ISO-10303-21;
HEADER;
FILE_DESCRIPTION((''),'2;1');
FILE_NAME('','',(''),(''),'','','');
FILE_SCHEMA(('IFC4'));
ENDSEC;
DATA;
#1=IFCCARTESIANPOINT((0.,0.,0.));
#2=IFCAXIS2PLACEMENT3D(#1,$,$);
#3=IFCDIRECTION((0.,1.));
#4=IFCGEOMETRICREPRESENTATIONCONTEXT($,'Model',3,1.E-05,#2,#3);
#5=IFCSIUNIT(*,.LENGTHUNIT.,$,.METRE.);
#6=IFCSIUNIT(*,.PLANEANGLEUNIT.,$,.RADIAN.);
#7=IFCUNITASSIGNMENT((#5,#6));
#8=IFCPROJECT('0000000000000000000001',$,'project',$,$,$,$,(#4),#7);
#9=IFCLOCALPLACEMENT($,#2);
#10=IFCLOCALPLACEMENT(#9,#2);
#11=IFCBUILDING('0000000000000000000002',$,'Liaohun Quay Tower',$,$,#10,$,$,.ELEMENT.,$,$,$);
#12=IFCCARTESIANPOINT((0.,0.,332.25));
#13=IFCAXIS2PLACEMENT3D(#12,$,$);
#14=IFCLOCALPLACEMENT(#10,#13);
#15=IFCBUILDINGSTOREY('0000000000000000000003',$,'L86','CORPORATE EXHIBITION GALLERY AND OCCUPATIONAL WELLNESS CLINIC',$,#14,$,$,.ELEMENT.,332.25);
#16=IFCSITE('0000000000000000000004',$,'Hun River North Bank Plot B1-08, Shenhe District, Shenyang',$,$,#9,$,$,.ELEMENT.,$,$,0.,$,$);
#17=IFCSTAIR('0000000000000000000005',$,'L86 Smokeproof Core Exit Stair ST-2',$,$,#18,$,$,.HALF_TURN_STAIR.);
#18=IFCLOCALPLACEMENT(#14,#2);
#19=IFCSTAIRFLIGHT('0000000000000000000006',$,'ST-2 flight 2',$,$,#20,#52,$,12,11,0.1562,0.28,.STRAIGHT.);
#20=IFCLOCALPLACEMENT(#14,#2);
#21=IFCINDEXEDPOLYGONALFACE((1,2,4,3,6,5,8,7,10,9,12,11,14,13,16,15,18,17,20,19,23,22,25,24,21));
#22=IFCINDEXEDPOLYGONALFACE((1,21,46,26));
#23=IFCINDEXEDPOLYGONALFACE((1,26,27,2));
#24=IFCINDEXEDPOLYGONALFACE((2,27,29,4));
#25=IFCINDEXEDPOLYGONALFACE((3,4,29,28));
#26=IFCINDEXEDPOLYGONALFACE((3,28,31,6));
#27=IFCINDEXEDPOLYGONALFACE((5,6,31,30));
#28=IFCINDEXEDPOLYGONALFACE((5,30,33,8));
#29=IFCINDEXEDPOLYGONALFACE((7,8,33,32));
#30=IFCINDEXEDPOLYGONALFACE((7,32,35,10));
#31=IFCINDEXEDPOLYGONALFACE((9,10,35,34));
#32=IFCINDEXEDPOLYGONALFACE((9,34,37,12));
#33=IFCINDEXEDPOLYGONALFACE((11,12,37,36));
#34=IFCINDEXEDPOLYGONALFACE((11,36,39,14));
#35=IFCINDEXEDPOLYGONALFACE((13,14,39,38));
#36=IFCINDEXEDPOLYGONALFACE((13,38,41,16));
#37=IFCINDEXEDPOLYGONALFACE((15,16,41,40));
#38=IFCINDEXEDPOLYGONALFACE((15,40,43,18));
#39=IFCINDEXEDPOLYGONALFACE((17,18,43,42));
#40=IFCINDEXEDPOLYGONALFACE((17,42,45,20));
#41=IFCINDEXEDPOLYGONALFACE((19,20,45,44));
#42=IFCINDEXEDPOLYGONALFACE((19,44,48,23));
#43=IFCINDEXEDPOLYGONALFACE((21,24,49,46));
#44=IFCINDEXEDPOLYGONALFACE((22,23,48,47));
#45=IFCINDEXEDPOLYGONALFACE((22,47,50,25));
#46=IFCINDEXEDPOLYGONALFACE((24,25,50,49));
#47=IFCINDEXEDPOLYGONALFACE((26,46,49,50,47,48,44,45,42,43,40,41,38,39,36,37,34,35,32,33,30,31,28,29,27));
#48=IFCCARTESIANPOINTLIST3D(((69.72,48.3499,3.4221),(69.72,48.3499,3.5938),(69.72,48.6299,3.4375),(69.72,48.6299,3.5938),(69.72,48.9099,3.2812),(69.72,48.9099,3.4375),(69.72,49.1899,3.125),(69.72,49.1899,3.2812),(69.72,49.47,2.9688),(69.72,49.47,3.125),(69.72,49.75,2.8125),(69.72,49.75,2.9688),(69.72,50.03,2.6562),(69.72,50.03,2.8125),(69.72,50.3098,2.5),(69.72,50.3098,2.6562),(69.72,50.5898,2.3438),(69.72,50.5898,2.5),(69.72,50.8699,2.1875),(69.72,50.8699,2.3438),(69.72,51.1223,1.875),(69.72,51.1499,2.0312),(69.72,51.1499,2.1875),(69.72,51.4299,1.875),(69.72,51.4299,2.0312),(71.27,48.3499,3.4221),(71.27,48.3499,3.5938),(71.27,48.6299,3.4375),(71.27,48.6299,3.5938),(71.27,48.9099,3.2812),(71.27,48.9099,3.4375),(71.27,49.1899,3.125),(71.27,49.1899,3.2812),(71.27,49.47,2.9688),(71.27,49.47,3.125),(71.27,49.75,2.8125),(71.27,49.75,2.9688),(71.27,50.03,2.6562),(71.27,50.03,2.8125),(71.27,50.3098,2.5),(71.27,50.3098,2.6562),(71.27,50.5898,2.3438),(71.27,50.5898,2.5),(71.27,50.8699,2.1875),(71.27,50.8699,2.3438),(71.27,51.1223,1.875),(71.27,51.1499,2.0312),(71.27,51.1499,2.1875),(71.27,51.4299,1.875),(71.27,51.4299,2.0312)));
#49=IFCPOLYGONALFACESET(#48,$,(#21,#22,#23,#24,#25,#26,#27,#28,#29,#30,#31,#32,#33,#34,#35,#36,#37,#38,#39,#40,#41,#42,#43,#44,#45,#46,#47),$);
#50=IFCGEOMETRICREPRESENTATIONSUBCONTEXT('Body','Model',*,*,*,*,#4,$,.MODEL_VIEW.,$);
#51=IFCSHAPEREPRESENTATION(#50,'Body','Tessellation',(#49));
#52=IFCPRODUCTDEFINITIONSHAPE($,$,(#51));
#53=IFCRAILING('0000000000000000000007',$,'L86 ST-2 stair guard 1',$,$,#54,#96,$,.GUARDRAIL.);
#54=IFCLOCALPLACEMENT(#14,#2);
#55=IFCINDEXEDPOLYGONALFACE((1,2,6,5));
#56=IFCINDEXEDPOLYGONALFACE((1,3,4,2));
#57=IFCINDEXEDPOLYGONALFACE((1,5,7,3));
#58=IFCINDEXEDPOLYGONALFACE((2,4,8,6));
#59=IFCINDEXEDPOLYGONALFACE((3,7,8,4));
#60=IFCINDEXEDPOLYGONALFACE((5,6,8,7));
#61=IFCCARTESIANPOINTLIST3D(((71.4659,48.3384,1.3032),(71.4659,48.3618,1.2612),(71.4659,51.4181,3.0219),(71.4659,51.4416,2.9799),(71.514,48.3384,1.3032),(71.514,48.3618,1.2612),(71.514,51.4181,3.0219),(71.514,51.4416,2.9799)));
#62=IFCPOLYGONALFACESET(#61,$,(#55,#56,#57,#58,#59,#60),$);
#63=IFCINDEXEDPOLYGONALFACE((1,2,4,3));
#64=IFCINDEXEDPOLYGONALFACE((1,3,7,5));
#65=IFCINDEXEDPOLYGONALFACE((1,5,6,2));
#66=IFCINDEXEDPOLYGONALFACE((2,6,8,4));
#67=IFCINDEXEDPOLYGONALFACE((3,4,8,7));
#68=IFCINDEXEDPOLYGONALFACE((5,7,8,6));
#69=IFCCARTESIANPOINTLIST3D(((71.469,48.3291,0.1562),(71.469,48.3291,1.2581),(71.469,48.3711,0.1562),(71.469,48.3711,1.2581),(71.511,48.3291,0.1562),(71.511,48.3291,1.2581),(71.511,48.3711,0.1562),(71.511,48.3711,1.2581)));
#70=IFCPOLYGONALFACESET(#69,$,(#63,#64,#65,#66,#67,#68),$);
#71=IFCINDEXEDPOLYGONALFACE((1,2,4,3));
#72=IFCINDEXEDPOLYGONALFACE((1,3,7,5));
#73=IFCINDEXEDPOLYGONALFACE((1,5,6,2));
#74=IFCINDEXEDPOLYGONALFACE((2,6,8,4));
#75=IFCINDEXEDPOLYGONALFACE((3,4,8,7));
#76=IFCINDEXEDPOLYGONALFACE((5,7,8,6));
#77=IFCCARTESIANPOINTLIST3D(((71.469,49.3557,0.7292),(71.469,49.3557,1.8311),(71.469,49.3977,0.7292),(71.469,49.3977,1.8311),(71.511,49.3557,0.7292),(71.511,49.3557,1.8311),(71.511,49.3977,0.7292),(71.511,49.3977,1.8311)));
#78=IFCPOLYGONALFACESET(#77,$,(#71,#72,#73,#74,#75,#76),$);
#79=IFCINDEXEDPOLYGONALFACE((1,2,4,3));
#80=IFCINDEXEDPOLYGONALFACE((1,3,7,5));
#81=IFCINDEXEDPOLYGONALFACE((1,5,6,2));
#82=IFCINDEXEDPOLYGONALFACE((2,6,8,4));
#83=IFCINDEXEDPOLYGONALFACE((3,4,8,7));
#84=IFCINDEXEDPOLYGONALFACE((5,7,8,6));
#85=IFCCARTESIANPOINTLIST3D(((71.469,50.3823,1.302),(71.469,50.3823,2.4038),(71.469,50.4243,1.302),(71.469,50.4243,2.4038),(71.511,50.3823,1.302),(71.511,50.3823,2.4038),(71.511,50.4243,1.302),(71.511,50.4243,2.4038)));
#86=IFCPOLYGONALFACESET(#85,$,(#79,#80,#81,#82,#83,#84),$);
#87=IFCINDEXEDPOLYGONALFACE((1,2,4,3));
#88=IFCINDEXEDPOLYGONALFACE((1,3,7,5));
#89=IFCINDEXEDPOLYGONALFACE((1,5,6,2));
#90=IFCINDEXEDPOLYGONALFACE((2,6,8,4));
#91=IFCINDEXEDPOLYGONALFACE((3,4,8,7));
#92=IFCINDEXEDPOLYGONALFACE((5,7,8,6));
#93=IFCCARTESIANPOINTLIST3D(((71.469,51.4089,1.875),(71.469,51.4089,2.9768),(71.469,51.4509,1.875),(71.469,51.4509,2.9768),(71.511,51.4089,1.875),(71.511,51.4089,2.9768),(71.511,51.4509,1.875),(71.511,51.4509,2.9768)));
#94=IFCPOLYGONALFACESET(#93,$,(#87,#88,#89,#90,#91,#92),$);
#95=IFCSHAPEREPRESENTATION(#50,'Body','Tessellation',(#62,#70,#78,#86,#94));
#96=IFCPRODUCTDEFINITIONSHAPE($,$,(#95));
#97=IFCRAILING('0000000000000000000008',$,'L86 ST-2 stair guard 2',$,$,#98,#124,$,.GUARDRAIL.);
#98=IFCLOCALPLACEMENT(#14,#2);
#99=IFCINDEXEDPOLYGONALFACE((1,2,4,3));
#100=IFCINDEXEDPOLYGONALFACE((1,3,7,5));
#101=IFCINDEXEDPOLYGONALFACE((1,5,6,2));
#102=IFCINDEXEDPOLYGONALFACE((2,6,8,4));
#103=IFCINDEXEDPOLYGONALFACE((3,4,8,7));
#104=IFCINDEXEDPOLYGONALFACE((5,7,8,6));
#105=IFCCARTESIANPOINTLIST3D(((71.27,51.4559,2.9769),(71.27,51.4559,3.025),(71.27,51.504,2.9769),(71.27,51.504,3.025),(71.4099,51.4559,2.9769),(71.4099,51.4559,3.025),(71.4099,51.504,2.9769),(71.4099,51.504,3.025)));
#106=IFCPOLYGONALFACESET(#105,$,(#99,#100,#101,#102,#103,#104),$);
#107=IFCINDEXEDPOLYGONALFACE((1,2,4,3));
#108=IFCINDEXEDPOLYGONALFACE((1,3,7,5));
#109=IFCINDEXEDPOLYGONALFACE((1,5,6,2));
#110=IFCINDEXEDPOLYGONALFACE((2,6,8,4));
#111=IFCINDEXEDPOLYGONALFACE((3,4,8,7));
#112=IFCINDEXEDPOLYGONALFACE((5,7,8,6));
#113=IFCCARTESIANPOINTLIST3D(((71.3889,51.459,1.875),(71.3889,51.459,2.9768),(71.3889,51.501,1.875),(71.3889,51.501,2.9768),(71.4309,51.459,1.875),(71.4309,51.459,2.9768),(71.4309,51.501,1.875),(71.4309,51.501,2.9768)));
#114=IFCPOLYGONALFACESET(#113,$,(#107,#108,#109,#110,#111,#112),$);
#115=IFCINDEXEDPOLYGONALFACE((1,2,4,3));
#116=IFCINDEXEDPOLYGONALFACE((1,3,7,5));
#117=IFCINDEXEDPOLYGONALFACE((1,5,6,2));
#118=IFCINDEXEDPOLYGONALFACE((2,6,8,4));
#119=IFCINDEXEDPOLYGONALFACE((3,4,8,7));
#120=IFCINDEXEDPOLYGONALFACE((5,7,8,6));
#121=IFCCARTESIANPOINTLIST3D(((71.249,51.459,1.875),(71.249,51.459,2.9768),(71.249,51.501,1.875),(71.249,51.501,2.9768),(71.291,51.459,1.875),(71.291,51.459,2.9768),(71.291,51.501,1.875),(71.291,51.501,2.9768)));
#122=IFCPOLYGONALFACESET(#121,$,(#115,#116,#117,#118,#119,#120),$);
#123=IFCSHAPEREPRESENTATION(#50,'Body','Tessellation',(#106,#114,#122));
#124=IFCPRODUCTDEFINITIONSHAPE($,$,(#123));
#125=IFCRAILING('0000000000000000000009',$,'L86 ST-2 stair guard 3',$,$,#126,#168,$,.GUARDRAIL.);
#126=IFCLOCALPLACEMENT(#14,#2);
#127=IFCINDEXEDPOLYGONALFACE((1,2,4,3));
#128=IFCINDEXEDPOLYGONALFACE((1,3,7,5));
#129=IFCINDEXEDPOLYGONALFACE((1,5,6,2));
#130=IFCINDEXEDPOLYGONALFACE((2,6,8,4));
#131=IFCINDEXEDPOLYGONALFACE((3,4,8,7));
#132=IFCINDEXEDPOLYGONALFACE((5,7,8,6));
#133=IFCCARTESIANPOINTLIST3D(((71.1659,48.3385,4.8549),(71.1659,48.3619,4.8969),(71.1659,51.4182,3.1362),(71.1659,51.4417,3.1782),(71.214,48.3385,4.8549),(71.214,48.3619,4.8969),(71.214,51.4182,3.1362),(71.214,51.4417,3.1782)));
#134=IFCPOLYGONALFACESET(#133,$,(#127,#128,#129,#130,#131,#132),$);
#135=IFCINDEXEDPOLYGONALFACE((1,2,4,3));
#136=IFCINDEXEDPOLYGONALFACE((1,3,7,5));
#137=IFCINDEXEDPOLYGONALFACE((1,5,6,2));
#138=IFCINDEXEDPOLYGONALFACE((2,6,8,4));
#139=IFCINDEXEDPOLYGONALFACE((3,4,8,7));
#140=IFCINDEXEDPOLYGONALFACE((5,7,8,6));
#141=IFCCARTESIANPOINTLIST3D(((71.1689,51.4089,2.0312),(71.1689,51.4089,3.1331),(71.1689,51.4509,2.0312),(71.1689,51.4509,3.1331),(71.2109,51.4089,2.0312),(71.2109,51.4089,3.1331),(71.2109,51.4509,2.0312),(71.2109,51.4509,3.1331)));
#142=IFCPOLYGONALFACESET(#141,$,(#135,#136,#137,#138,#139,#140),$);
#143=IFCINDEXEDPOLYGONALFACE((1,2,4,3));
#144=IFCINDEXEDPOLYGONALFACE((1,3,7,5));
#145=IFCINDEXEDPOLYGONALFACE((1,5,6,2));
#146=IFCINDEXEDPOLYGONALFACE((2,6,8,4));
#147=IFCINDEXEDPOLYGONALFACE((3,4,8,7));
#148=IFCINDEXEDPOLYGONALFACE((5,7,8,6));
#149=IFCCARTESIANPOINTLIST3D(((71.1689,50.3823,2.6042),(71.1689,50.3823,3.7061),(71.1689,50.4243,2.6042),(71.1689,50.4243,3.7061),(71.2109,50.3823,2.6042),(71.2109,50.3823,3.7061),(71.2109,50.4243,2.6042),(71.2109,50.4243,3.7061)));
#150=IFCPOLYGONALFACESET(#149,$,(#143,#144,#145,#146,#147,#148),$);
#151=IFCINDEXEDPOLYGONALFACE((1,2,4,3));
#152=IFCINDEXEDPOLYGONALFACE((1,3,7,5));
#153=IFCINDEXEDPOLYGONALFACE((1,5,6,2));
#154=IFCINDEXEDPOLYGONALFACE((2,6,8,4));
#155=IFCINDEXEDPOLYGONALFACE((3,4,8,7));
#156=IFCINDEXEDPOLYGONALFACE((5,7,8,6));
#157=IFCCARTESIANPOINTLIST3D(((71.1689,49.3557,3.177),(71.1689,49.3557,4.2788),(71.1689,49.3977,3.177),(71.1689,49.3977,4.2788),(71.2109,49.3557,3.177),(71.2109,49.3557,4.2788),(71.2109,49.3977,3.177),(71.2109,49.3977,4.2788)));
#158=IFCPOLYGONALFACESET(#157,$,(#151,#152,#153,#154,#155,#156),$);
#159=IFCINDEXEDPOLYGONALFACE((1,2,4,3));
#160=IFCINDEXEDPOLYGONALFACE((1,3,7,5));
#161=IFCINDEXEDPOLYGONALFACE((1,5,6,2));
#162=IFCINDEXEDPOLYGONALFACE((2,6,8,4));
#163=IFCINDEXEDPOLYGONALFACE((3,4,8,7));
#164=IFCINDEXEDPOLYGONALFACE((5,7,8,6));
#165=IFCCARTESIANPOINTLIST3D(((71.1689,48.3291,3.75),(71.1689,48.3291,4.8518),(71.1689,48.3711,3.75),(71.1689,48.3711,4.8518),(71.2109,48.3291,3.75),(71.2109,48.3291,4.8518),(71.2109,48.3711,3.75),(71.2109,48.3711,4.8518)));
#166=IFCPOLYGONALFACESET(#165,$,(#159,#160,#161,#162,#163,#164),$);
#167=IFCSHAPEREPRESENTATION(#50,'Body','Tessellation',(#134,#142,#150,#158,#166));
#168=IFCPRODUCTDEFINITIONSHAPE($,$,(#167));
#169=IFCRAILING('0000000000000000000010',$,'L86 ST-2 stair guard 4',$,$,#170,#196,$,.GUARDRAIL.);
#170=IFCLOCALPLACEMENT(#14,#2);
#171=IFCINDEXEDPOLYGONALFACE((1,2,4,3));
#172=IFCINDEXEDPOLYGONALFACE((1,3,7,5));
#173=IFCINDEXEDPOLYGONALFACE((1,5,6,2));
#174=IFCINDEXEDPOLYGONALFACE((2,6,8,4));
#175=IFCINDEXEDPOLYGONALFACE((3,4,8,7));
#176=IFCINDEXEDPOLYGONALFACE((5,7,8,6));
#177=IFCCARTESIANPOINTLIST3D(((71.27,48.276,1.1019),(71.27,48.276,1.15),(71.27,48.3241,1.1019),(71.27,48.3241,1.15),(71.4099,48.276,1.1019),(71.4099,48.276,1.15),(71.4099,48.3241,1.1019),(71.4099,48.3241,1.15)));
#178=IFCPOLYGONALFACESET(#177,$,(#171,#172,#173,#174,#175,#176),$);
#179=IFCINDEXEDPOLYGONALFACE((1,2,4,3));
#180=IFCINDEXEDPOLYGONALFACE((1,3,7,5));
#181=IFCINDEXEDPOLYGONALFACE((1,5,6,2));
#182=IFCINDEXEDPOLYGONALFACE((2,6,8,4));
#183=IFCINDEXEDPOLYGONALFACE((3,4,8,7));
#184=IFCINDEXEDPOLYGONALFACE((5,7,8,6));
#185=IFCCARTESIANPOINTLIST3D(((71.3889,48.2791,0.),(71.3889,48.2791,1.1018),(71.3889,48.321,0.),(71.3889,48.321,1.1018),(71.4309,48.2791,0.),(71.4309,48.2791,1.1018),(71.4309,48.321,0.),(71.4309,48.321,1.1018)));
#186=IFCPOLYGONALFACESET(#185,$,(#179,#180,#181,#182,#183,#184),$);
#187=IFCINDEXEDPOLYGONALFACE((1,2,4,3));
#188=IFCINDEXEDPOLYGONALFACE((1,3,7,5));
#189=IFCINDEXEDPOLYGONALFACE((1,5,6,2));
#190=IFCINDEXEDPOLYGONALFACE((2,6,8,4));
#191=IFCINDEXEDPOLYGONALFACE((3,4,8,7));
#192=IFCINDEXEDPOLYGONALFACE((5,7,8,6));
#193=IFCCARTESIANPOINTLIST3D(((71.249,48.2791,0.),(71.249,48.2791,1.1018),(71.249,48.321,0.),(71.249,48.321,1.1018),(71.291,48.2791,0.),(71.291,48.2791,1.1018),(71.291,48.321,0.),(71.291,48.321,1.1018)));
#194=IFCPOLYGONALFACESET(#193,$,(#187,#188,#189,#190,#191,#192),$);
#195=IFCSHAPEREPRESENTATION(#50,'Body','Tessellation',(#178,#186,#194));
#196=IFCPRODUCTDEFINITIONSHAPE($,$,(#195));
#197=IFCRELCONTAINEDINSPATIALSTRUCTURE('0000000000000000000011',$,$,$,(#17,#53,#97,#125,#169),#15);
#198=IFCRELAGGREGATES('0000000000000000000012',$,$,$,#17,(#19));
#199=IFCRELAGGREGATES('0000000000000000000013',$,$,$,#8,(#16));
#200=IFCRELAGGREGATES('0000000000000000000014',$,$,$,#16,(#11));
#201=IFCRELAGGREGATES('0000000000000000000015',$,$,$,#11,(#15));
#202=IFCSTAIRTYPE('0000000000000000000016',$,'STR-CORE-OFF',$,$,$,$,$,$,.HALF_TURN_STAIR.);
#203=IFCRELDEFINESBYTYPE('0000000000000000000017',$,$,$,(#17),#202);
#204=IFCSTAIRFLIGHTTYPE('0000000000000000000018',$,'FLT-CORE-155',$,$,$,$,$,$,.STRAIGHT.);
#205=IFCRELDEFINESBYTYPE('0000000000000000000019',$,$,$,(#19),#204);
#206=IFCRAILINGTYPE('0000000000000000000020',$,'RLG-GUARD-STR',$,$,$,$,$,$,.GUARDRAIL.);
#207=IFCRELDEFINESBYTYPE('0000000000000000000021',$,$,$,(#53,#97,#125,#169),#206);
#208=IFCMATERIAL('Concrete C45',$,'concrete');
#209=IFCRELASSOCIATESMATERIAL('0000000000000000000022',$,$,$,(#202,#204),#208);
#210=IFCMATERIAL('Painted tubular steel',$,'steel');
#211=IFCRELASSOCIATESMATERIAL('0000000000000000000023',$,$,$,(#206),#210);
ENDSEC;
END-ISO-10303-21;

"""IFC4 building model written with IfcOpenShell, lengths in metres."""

from ifc_helpers import new_model, si_unit, direction, frame, origin, origin_2d, place, context, subcontext, project, spatial, polyline, rectangle, outline, extrude, material, type_object, element, aggregate, save


model = new_model("IFC4")

# Units and contexts
model_context = context("Model", 3, precision=1e-05, world=origin(), true_north=direction((0.0, 1.0)))
body_context = subcontext(model_context, "Body", "Model", "MODEL_VIEW")
ifc_project = project(units=[si_unit("LENGTHUNIT", "METRE"), si_unit("PLANEANGLEUNIT", "RADIAN")], contexts=[model_context])

# Site, building, storey
site_placement = place(None, origin())
site = spatial("IfcSite", under=ifc_project, at=site_placement, Name="Hun River North Bank Plot B1-08, Shenhe District, Shenyang", CompositionType="ELEMENT", RefElevation=0.0)
building_placement = place(site_placement, origin())
building = spatial("IfcBuilding", under=site, at=building_placement, Name="Liaohun Quay Tower", CompositionType="ELEMENT")
storey_placement = place(building_placement, frame((0.0, 0.0, 332.25)))
storey = spatial("IfcBuildingStorey", under=building, at=storey_placement, Name="L86", Description="CORPORATE EXHIBITION GALLERY AND OCCUPATIONAL WELLNESS CLINIC", CompositionType="ELEMENT", Elevation=332.25)

# Stair, stair flight
ifc_material_1 = material(Name="Concrete C45", Category="concrete")
stair_type = type_object("IfcStairType", Name="STR-CORE-OFF", PredefinedType="HALF_TURN_STAIR", material=ifc_material_1)
stair_placement = place(storey_placement, origin())
stair = element("IfcStair", 1, at=stair_placement, inside=storey, type_object=stair_type, Name="L86 Smokeproof Core Exit Stair ST-2", PredefinedType="HALF_TURN_STAIR")
stair_flight_type = type_object("IfcStairFlightType", Name="FLT-CORE-155", PredefinedType="STRAIGHT", material=ifc_material_1)
stair_flight_1_placement = place(storey_placement, frame((70.4951, 51.4299, 1.875), z_axis=(0.0, 0.0, 1.0), x_axis=(0.0, -1.0, 0.0)))
stair_flight_1 = element("IfcStairFlight", 2, at=stair_flight_1_placement, type_object=stair_flight_type, Name="ST-2 flight 2", NumberOfRisers=12, NumberOfTreads=11, PredefinedType="STRAIGHT", RiserHeight=0.1562, TreadLength=0.28, context=body_context, shape_type="SweptSolid", body=[
    extrude(outline(polyline([(0.0, 0.0), (0.0, 0.1562), (0.28, 0.1562), (0.28, 0.3125), (0.5601, 0.3125), (0.5601, 0.4688), (0.8401, 0.4688), (0.8401, 0.625), (1.1201, 0.625), (1.1201, 0.7812), (1.3999, 0.7812), (1.3999, 0.9375), (1.6799, 0.9375), (1.6799, 1.0938), (1.96, 1.0938), (1.96, 1.25), (2.24, 1.25), (2.24, 1.4062), (2.52, 1.4062), (2.52, 1.5625), (2.8, 1.5625), (2.8, 1.7188), (3.0801, 1.7188), (3.0801, 1.875), (3.0801, 1.5471), (0.3076, 0.0), (0.0, 0.0)])), frame((0.0, 0.7749, 0.0), z_axis=(0.0, -1.0, 0.0), x_axis=(1.0, 0.0, 0.0)), (0.0, 0.0, 1.0), 1.55),
])
aggregate(stair, [stair_flight_1])

# Railings
ifc_material_2 = material(Name="Painted tubular steel", Category="steel")
railing_type_1 = type_object("IfcRailingType", Name="RLG-GUARD-STR", PredefinedType="GUARDRAIL", material=ifc_material_2)
railing_1_placement = place(storey_placement, frame((71.49, 48.3501, 0.1562)))
element("IfcRailing", 3, at=railing_1_placement, inside=storey, type_object=railing_type_1, Name="L86 ST-2 stair guard 1", PredefinedType="GUARDRAIL", context=body_context, shape_type="SweptSolid", body=[
    extrude(rectangle(XDim=0.0481, YDim=0.0481, at=origin_2d()), frame((0.0, 0.0, 1.126), z_axis=(0.0, 0.873225, 0.487317), x_axis=(-1.0, 0.0, 0.0)), (0.0, 0.0, 1.0), 3.5269),
    extrude(rectangle(XDim=0.042, YDim=0.042, at=origin_2d()), origin(), (0.0, 0.0, 1.0), 1.1018),
    extrude(rectangle(XDim=0.042, YDim=0.042, at=origin_2d()), frame((0.0, 1.0266, 0.573)), (0.0, 0.0, 1.0), 1.1018),
    extrude(rectangle(XDim=0.042, YDim=0.042, at=origin_2d()), frame((0.0, 2.0532, 1.1458)), (0.0, 0.0, 1.0), 1.1018),
    extrude(rectangle(XDim=0.042, YDim=0.042, at=origin_2d()), frame((0.0, 3.0798, 1.7188)), (0.0, 0.0, 1.0), 1.1018),
])
railing_2_placement = place(storey_placement, frame((71.4099, 51.48, 1.875)))
element("IfcRailing", 4, at=railing_2_placement, inside=storey, type_object=railing_type_1, Name="L86 ST-2 stair guard 2", PredefinedType="GUARDRAIL", context=body_context, shape_type="SweptSolid", body=[
    extrude(rectangle(XDim=0.0481, YDim=0.0481, at=origin_2d()), frame((0.0, 0.0, 1.126), z_axis=(-1.0, 0.0, 0.0), x_axis=(0.0, -1.0, 0.0)), (0.0, 0.0, 1.0), 0.1399),
    extrude(rectangle(XDim=0.042, YDim=0.042, at=origin_2d()), origin(), (0.0, 0.0, 1.0), 1.1018),
    extrude(rectangle(XDim=0.042, YDim=0.042, at=origin_2d()), frame((-0.1399, 0.0, 0.0)), (0.0, 0.0, 1.0), 1.1018),
])
railing_3_placement = place(storey_placement, frame((71.1899, 51.4299, 2.0312)))
element("IfcRailing", 5, at=railing_3_placement, inside=storey, type_object=railing_type_1, Name="L86 ST-2 stair guard 3", PredefinedType="GUARDRAIL", context=body_context, shape_type="SweptSolid", body=[
    extrude(rectangle(XDim=0.0481, YDim=0.0481, at=origin_2d()), frame((0.0, 0.0, 1.126), z_axis=(0.0, -0.873225, 0.487317), x_axis=(1.0, 0.0, 0.0)), (0.0, 0.0, 1.0), 3.5269),
    extrude(rectangle(XDim=0.042, YDim=0.042, at=origin_2d()), origin(), (0.0, 0.0, 1.0), 1.1018),
    extrude(rectangle(XDim=0.042, YDim=0.042, at=origin_2d()), frame((0.0, -1.0266, 0.573)), (0.0, 0.0, 1.0), 1.1018),
    extrude(rectangle(XDim=0.042, YDim=0.042, at=origin_2d()), frame((0.0, -2.0532, 1.1458)), (0.0, 0.0, 1.0), 1.1018),
    extrude(rectangle(XDim=0.042, YDim=0.042, at=origin_2d()), frame((0.0, -3.0798, 1.7188)), (0.0, 0.0, 1.0), 1.1018),
])
railing_4_placement = place(storey_placement, frame((71.4099, 48.3, 0.0)))
element("IfcRailing", 6, at=railing_4_placement, inside=storey, type_object=railing_type_1, Name="L86 ST-2 stair guard 4", PredefinedType="GUARDRAIL", context=body_context, shape_type="SweptSolid", body=[
    extrude(rectangle(XDim=0.0481, YDim=0.0481, at=origin_2d()), frame((0.0, 0.0, 1.126), z_axis=(-1.0, 0.0, 0.0), x_axis=(0.0, -1.0, 0.0)), (0.0, 0.0, 1.0), 0.1399),
    extrude(rectangle(XDim=0.042, YDim=0.042, at=origin_2d()), origin(), (0.0, 0.0, 1.0), 1.1018),
    extrude(rectangle(XDim=0.042, YDim=0.042, at=origin_2d()), frame((-0.1399, 0.0, 0.0)), (0.0, 0.0, 1.0), 1.1018),
])

save(model, "model.ifc")
